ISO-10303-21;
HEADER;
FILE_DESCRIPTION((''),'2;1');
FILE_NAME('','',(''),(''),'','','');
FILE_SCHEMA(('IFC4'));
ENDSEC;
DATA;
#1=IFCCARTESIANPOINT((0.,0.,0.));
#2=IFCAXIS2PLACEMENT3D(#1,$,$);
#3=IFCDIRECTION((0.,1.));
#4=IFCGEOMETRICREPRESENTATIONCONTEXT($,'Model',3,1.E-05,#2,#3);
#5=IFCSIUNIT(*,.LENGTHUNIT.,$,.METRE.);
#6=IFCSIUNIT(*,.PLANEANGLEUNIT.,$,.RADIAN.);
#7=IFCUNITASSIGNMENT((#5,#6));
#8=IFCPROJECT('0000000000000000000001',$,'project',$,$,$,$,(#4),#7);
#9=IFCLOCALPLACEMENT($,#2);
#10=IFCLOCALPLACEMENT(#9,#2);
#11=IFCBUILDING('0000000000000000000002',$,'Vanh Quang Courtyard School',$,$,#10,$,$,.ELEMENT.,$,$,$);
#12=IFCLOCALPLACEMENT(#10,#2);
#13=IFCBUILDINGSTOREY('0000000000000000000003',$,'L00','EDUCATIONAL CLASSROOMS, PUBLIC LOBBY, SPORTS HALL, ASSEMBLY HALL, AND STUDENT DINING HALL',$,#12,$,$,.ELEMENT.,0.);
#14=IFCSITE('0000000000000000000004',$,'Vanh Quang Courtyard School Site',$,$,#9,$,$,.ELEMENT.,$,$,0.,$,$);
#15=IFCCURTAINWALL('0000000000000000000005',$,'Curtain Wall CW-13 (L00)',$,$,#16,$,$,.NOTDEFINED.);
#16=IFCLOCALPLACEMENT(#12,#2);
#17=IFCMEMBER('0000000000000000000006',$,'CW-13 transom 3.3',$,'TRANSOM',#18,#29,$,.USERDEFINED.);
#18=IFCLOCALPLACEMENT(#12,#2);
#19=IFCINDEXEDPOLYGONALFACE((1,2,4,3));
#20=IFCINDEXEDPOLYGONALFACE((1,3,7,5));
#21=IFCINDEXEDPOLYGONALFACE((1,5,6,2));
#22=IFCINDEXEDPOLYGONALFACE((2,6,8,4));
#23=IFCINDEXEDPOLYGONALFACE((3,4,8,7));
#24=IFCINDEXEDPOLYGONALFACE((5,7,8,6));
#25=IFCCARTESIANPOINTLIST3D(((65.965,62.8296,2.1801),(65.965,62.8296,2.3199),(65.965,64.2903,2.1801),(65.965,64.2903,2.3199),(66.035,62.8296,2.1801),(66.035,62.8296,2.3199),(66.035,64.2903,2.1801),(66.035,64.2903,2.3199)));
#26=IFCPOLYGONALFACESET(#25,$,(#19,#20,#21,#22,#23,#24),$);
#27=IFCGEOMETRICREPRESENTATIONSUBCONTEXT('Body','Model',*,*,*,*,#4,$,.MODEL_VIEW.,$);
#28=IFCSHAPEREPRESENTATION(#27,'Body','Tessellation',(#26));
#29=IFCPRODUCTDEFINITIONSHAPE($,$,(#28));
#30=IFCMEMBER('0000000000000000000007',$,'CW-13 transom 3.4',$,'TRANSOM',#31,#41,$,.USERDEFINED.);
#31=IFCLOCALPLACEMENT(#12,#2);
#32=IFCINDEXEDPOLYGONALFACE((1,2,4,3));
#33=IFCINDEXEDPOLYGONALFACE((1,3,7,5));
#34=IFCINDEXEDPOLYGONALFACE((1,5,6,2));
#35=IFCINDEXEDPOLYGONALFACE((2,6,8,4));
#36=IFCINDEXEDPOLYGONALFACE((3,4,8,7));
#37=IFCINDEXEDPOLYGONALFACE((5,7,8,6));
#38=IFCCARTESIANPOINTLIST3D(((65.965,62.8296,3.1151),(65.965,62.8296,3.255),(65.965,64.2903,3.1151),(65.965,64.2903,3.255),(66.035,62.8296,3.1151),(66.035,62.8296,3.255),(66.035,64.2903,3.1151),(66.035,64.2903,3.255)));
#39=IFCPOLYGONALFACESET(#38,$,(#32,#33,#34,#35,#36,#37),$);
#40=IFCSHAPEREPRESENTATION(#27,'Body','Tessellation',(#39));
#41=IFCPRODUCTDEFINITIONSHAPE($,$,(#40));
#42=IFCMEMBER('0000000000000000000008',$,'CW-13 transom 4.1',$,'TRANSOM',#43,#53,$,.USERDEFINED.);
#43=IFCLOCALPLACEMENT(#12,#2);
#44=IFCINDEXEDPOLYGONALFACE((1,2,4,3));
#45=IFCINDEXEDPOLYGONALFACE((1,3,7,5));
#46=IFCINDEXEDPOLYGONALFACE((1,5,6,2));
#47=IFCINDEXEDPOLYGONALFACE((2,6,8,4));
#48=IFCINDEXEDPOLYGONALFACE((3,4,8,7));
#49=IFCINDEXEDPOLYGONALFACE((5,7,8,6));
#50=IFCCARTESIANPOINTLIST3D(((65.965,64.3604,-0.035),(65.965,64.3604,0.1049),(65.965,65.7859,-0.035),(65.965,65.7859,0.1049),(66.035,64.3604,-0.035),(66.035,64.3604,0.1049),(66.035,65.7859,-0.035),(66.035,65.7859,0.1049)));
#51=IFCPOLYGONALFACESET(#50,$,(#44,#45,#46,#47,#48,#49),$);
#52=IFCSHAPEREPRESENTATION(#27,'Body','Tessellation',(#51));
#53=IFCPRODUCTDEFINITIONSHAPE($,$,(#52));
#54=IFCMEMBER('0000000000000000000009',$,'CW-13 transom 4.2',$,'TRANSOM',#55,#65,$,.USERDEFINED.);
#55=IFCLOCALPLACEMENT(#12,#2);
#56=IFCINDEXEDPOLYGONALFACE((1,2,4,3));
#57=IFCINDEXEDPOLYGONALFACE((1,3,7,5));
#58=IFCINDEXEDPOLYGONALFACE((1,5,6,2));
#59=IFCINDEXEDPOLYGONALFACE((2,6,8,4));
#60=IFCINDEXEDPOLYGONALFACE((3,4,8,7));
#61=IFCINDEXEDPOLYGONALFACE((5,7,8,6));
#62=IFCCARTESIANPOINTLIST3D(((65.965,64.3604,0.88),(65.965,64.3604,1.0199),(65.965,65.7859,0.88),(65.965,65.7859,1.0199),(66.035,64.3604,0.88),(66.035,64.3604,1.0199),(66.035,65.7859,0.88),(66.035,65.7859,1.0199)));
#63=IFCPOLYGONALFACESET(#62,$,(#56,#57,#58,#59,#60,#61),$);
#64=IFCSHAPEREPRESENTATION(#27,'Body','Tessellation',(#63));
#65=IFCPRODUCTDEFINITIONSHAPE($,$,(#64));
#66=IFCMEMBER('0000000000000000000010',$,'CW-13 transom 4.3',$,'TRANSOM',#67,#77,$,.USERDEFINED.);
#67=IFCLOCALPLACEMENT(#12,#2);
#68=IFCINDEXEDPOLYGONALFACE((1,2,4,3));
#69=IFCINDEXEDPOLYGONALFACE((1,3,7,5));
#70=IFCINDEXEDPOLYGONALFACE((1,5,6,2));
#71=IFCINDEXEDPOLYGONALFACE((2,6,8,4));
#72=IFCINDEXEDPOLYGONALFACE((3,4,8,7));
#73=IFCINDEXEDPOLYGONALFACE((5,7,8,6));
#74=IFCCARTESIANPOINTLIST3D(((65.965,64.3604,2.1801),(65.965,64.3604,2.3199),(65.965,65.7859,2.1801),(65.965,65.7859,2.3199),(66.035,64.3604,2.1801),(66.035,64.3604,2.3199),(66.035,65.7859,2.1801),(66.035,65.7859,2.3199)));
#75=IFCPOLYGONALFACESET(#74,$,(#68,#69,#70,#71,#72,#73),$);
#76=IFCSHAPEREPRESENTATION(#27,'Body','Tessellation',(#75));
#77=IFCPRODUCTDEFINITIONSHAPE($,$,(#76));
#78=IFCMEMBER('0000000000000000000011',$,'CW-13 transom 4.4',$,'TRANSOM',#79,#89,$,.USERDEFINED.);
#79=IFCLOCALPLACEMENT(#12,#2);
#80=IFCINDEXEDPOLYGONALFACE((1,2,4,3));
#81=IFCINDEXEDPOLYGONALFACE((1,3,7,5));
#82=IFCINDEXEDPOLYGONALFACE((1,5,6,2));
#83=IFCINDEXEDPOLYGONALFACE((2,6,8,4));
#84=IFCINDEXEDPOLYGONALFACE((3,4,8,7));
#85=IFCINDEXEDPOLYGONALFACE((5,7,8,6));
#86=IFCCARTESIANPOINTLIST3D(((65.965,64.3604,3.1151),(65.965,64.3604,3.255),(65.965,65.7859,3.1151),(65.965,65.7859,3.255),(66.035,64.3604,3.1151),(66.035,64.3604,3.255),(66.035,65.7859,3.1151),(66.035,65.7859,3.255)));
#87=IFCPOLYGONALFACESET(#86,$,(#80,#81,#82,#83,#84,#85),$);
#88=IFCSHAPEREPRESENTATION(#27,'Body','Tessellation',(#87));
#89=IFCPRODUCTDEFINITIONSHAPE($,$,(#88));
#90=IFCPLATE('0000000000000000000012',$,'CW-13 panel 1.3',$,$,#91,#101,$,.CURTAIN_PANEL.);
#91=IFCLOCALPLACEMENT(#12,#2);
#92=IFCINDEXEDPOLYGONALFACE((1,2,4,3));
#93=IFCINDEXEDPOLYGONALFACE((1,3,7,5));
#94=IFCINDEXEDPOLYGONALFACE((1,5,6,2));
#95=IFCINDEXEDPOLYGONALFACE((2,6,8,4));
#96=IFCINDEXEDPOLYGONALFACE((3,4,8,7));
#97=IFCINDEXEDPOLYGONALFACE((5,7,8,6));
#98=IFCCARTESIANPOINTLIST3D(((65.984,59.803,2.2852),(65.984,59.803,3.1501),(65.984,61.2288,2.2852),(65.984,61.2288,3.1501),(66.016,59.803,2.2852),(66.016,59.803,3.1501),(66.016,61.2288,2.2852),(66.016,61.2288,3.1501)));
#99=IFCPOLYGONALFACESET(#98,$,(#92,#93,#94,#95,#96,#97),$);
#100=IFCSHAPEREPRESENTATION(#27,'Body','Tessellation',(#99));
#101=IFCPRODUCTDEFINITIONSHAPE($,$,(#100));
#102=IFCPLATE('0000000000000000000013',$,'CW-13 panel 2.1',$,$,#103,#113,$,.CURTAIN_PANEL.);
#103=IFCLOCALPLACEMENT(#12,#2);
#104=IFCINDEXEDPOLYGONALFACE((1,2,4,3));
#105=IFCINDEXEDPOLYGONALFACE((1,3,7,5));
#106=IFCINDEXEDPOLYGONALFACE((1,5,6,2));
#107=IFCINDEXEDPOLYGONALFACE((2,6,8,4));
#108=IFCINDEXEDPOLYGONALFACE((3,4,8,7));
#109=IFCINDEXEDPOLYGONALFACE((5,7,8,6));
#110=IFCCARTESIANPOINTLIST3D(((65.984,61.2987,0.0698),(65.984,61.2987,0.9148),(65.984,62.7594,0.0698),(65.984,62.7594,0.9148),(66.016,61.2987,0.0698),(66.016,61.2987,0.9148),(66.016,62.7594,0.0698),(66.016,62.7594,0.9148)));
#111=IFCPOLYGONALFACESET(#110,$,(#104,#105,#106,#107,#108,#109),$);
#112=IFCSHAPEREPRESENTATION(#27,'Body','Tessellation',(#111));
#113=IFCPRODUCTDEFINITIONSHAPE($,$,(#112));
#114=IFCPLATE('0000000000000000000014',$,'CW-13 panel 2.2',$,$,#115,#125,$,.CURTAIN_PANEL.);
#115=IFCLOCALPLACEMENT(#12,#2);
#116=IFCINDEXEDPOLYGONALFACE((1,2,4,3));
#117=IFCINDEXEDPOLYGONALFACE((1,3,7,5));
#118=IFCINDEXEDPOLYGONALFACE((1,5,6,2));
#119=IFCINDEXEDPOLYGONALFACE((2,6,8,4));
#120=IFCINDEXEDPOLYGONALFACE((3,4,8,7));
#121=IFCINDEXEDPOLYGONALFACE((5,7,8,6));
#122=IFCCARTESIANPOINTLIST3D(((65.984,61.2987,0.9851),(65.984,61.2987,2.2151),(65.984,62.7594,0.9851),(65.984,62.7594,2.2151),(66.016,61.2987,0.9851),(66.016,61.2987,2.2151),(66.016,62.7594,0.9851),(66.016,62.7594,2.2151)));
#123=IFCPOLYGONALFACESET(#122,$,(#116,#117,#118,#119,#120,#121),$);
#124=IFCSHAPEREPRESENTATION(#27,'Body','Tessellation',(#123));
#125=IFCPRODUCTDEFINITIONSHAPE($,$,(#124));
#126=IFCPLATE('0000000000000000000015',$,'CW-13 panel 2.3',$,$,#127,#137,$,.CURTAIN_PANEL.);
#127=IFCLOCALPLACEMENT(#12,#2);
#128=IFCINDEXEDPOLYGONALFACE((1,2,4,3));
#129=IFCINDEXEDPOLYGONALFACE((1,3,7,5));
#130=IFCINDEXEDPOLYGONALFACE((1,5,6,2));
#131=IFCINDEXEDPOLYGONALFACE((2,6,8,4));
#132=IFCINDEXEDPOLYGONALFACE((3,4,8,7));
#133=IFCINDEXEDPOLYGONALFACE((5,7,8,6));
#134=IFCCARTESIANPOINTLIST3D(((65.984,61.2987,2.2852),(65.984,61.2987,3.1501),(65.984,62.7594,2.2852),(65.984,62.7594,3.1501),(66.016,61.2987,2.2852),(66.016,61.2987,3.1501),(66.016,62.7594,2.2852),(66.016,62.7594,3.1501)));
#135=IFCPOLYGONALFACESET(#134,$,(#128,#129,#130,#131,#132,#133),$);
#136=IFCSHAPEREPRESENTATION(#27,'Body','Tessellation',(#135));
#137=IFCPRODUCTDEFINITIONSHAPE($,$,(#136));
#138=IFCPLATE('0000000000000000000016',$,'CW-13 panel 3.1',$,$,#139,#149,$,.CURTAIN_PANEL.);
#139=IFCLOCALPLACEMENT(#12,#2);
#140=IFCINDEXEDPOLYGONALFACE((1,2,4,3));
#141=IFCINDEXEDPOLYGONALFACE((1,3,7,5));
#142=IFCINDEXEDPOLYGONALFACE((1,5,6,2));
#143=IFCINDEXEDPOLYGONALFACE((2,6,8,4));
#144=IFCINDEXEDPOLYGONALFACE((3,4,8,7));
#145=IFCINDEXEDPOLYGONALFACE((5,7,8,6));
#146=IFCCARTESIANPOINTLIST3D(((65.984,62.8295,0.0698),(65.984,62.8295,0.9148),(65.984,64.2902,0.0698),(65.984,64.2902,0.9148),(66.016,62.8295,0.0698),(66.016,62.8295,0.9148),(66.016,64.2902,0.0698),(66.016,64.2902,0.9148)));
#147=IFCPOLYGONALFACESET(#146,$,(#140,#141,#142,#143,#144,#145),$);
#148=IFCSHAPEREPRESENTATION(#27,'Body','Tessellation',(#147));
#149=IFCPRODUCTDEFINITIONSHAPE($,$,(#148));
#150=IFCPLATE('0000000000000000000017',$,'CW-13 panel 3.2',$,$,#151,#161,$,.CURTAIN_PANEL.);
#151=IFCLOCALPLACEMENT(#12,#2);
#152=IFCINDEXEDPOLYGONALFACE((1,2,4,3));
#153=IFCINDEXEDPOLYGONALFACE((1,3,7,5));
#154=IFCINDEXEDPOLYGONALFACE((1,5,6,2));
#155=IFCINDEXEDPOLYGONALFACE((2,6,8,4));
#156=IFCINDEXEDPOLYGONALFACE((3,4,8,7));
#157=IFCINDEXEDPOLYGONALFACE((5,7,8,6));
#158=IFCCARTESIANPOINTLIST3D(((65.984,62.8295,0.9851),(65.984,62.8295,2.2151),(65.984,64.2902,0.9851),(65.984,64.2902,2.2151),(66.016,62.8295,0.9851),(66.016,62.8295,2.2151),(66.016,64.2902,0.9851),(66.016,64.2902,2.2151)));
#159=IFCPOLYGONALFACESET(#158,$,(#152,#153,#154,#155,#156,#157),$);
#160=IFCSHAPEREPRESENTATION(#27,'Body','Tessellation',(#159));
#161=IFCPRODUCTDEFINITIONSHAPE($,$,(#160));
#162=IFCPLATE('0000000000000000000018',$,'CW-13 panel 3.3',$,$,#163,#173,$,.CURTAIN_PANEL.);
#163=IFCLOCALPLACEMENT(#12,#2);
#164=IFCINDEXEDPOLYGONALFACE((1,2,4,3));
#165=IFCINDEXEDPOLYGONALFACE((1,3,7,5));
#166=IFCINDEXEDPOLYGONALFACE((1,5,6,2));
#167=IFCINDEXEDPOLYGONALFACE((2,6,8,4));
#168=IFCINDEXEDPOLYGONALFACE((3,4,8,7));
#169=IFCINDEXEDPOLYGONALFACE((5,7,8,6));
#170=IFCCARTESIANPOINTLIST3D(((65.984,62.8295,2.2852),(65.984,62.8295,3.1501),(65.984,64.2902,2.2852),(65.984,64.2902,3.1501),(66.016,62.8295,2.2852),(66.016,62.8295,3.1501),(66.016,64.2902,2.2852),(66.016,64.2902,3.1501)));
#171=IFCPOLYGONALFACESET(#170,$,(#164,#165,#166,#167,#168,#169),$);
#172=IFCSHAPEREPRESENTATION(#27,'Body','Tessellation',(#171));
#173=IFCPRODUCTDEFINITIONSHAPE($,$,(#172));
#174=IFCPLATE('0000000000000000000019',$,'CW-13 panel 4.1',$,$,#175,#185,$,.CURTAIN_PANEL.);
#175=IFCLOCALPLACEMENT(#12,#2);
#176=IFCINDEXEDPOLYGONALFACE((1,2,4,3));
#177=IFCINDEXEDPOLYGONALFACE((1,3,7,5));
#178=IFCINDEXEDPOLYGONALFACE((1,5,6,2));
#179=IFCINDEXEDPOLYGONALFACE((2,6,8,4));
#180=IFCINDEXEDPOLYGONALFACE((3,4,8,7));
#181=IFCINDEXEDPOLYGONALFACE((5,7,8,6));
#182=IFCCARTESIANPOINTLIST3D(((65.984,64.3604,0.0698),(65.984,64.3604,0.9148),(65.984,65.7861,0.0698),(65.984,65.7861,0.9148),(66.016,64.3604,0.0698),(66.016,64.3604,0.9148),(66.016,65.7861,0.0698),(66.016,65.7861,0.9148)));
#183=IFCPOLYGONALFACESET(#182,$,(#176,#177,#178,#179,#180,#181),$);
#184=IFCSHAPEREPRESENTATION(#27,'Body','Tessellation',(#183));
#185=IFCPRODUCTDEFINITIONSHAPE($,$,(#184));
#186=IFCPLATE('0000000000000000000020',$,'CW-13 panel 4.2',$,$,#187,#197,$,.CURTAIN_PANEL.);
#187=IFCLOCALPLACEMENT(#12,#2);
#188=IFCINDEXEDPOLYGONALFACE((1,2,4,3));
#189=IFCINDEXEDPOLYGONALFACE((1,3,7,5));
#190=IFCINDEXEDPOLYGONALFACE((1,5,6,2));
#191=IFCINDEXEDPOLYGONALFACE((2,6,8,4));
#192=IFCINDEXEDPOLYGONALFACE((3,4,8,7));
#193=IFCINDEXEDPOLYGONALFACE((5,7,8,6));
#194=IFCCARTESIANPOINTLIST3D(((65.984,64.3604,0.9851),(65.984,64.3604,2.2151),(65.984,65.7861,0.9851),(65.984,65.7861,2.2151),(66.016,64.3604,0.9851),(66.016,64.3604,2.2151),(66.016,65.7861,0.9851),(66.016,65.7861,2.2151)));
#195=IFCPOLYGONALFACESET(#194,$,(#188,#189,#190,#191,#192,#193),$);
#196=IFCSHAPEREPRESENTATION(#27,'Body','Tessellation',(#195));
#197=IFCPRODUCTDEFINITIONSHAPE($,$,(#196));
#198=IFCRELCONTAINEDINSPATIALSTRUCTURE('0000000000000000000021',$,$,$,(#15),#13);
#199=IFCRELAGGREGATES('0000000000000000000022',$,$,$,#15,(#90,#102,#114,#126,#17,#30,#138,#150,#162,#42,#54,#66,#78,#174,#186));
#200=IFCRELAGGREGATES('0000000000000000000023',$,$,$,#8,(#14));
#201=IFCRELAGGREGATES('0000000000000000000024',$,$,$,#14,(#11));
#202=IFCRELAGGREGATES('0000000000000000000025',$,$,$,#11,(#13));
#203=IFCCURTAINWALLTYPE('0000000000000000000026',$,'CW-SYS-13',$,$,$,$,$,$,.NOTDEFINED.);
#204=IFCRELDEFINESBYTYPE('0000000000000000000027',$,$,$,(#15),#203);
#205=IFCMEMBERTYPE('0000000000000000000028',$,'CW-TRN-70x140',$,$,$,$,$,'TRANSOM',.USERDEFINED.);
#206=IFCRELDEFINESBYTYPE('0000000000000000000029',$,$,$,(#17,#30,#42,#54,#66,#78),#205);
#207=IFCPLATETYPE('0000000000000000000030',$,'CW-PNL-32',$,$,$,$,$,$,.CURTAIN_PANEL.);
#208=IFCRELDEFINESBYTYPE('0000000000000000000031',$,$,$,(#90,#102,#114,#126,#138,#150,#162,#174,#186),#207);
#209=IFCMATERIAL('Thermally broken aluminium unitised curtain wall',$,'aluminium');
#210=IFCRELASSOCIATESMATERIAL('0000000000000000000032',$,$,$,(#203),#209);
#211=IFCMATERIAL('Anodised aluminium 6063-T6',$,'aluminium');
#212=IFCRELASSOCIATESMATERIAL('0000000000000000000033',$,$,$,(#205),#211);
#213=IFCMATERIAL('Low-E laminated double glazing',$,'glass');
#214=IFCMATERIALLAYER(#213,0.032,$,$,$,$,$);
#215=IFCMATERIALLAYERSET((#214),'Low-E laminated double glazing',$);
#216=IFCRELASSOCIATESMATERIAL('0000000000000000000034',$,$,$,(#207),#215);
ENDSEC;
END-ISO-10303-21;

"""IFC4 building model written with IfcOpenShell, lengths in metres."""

from ifc_helpers import new_model, si_unit, direction, frame, origin, origin_2d, place, context, subcontext, project, spatial, rectangle, extrude, material, layer, layer_set, material_profile, profile_set, type_object, element, aggregate, save


model = new_model("IFC4")

# Units and contexts
model_context = context("Model", 3, precision=1e-05, world=origin(), true_north=direction((0.0, 1.0)))
body_context = subcontext(model_context, "Body", "Model", "MODEL_VIEW")
ifc_project = project(units=[si_unit("LENGTHUNIT", "METRE"), si_unit("PLANEANGLEUNIT", "RADIAN")], contexts=[model_context])

# Site, building, storey
site_placement = place(None, origin())
site = spatial("IfcSite", under=ifc_project, at=site_placement, Name="Vanh Quang Courtyard School Site", CompositionType="ELEMENT", RefElevation=0.0)
building_placement = place(site_placement, origin())
building = spatial("IfcBuilding", under=site, at=building_placement, Name="Vanh Quang Courtyard School", CompositionType="ELEMENT")
storey_placement = place(building_placement, origin())
storey = spatial("IfcBuildingStorey", under=building, at=storey_placement, Name="L00", Description="EDUCATIONAL CLASSROOMS, PUBLIC LOBBY, SPORTS HALL, ASSEMBLY HALL, AND STUDENT DINING HALL", CompositionType="ELEMENT", Elevation=0.0)

# Curtain wall, members, plates
ifc_material_1 = material(Name="Thermally broken aluminium unitised curtain wall", Category="aluminium")
curtain_wall_type = type_object("IfcCurtainWallType", Name="CW-SYS-13", PredefinedType="NOTDEFINED", material=ifc_material_1)
curtain_wall_placement = place(storey_placement, origin())
curtain_wall = element("IfcCurtainWall", 1, at=curtain_wall_placement, inside=storey, type_object=curtain_wall_type, Name="Curtain Wall CW-13 (L00)", PredefinedType="NOTDEFINED")
ifc_material_2 = material(Name="Anodised aluminium 6063-T6", Category="aluminium")
ifc_material_profile_1 = material_profile(ifc_material_2, rectangle(XDim=0.0701, YDim=0.1399, at=origin_2d()), Name="ALU-TRN 70x140")
ifc_profile_set_1 = profile_set([ifc_material_profile_1], Name="Anodised aluminium 6063-T6")
member_type_1 = type_object("IfcMemberType", Name="CW-TRN-70x140", ElementType="TRANSOM", PredefinedType="USERDEFINED", material=ifc_profile_set_1)
member_1_placement = place(storey_placement, frame((66.0, 62.8296, 2.25), z_axis=(0.0, 1.0, 0.0), x_axis=(-1.0, 0.0, 0.0)))
member_1 = element("IfcMember", 2, at=member_1_placement, type_object=member_type_1, Name="CW-13 transom 3.3", ObjectType="TRANSOM", PredefinedType="USERDEFINED", context=body_context, shape_type="SweptSolid", body=[
    extrude(rectangle(XDim=0.0701, YDim=0.1399, at=origin_2d()), origin(), (0.0, 0.0, 1.0), 1.4607),
])
member_2_placement = place(storey_placement, frame((66.0, 62.8296, 3.1851), z_axis=(0.0, 1.0, 0.0), x_axis=(-1.0, 0.0, 0.0)))
member_2 = element("IfcMember", 3, at=member_2_placement, type_object=member_type_1, Name="CW-13 transom 3.4", ObjectType="TRANSOM", PredefinedType="USERDEFINED", context=body_context, shape_type="SweptSolid", body=[
    extrude(rectangle(XDim=0.0701, YDim=0.1399, at=origin_2d()), origin(), (0.0, 0.0, 1.0), 1.4607),
])
member_3_placement = place(storey_placement, frame((66.0, 64.3604, 0.0349), z_axis=(0.0, 1.0, 0.0), x_axis=(-1.0, 0.0, 0.0)))
member_3 = element("IfcMember", 4, at=member_3_placement, type_object=member_type_1, Name="CW-13 transom 4.1", ObjectType="TRANSOM", PredefinedType="USERDEFINED", context=body_context, shape_type="SweptSolid", body=[
    extrude(rectangle(XDim=0.0701, YDim=0.1399, at=origin_2d()), origin(), (0.0, 0.0, 1.0), 1.4255),
])
member_4_placement = place(storey_placement, frame((66.0, 64.3604, 0.95), z_axis=(0.0, 1.0, 0.0), x_axis=(-1.0, 0.0, 0.0)))
member_4 = element("IfcMember", 5, at=member_4_placement, type_object=member_type_1, Name="CW-13 transom 4.2", ObjectType="TRANSOM", PredefinedType="USERDEFINED", context=body_context, shape_type="SweptSolid", body=[
    extrude(rectangle(XDim=0.0701, YDim=0.1399, at=origin_2d()), origin(), (0.0, 0.0, 1.0), 1.4255),
])
member_5_placement = place(storey_placement, frame((66.0, 64.3604, 2.25), z_axis=(0.0, 1.0, 0.0), x_axis=(-1.0, 0.0, 0.0)))
member_5 = element("IfcMember", 6, at=member_5_placement, type_object=member_type_1, Name="CW-13 transom 4.3", ObjectType="TRANSOM", PredefinedType="USERDEFINED", context=body_context, shape_type="SweptSolid", body=[
    extrude(rectangle(XDim=0.0701, YDim=0.1399, at=origin_2d()), origin(), (0.0, 0.0, 1.0), 1.4255),
])
member_6_placement = place(storey_placement, frame((66.0, 64.3604, 3.1851), z_axis=(0.0, 1.0, 0.0), x_axis=(-1.0, 0.0, 0.0)))
member_6 = element("IfcMember", 7, at=member_6_placement, type_object=member_type_1, Name="CW-13 transom 4.4", ObjectType="TRANSOM", PredefinedType="USERDEFINED", context=body_context, shape_type="SweptSolid", body=[
    extrude(rectangle(XDim=0.0701, YDim=0.1399, at=origin_2d()), origin(), (0.0, 0.0, 1.0), 1.4255),
])
ifc_material_3 = material(Name="Low-E laminated double glazing", Category="glass")
ifc_layer_1 = layer(ifc_material_3, 0.032)
ifc_layer_set_1 = layer_set([ifc_layer_1], Name="Low-E laminated double glazing")
plate_type = type_object("IfcPlateType", Name="CW-PNL-32", PredefinedType="CURTAIN_PANEL", material=ifc_layer_set_1)
plate_1_placement = place(storey_placement, frame((66.0, 60.5159, 2.2852), z_axis=(0.0, 0.0, 1.0), x_axis=(0.0, 1.0, 0.0)))
plate_1 = element("IfcPlate", 8, at=plate_1_placement, type_object=plate_type, Name="CW-13 panel 1.3", PredefinedType="CURTAIN_PANEL", context=body_context, shape_type="SweptSolid", body=[
    extrude(rectangle(XDim=1.4258, YDim=0.032, at=origin_2d()), origin(), (0.0, 0.0, 1.0), 0.865),
])
plate_2_placement = place(storey_placement, frame((66.0, 62.0291, 0.0698), z_axis=(0.0, 0.0, 1.0), x_axis=(0.0, 1.0, 0.0)))
plate_2 = element("IfcPlate", 9, at=plate_2_placement, type_object=plate_type, Name="CW-13 panel 2.1", PredefinedType="CURTAIN_PANEL", context=body_context, shape_type="SweptSolid", body=[
    extrude(rectangle(XDim=1.4607, YDim=0.032, at=origin_2d()), origin(), (0.0, 0.0, 1.0), 0.845),
])
plate_3_placement = place(storey_placement, frame((66.0, 62.0291, 0.9851), z_axis=(0.0, 0.0, 1.0), x_axis=(0.0, 1.0, 0.0)))
plate_3 = element("IfcPlate", 10, at=plate_3_placement, type_object=plate_type, Name="CW-13 panel 2.2", PredefinedType="CURTAIN_PANEL", context=body_context, shape_type="SweptSolid", body=[
    extrude(rectangle(XDim=1.4607, YDim=0.032, at=origin_2d()), origin(), (0.0, 0.0, 1.0), 1.23),
])
plate_4_placement = place(storey_placement, frame((66.0, 62.0291, 2.2852), z_axis=(0.0, 0.0, 1.0), x_axis=(0.0, 1.0, 0.0)))
plate_4 = element("IfcPlate", 11, at=plate_4_placement, type_object=plate_type, Name="CW-13 panel 2.3", PredefinedType="CURTAIN_PANEL", context=body_context, shape_type="SweptSolid", body=[
    extrude(rectangle(XDim=1.4607, YDim=0.032, at=origin_2d()), origin(), (0.0, 0.0, 1.0), 0.865),
])
plate_5_placement = place(storey_placement, frame((66.0, 63.5598, 0.0698), z_axis=(0.0, 0.0, 1.0), x_axis=(0.0, 1.0, 0.0)))
plate_5 = element("IfcPlate", 12, at=plate_5_placement, type_object=plate_type, Name="CW-13 panel 3.1", PredefinedType="CURTAIN_PANEL", context=body_context, shape_type="SweptSolid", body=[
    extrude(rectangle(XDim=1.4607, YDim=0.032, at=origin_2d()), origin(), (0.0, 0.0, 1.0), 0.845),
])
plate_6_placement = place(storey_placement, frame((66.0, 63.5598, 0.9851), z_axis=(0.0, 0.0, 1.0), x_axis=(0.0, 1.0, 0.0)))
plate_6 = element("IfcPlate", 13, at=plate_6_placement, type_object=plate_type, Name="CW-13 panel 3.2", PredefinedType="CURTAIN_PANEL", context=body_context, shape_type="SweptSolid", body=[
    extrude(rectangle(XDim=1.4607, YDim=0.032, at=origin_2d()), origin(), (0.0, 0.0, 1.0), 1.23),
])
plate_7_placement = place(storey_placement, frame((66.0, 63.5598, 2.2852), z_axis=(0.0, 0.0, 1.0), x_axis=(0.0, 1.0, 0.0)))
plate_7 = element("IfcPlate", 14, at=plate_7_placement, type_object=plate_type, Name="CW-13 panel 3.3", PredefinedType="CURTAIN_PANEL", context=body_context, shape_type="SweptSolid", body=[
    extrude(rectangle(XDim=1.4607, YDim=0.032, at=origin_2d()), origin(), (0.0, 0.0, 1.0), 0.865),
])
plate_8_placement = place(storey_placement, frame((66.0, 65.0732, 0.0698), z_axis=(0.0, 0.0, 1.0), x_axis=(0.0, 1.0, 0.0)))
plate_8 = element("IfcPlate", 15, at=plate_8_placement, type_object=plate_type, Name="CW-13 panel 4.1", PredefinedType="CURTAIN_PANEL", context=body_context, shape_type="SweptSolid", body=[
    extrude(rectangle(XDim=1.4258, YDim=0.032, at=origin_2d()), origin(), (0.0, 0.0, 1.0), 0.845),
])
plate_9_placement = place(storey_placement, frame((66.0, 65.0732, 0.9851), z_axis=(0.0, 0.0, 1.0), x_axis=(0.0, 1.0, 0.0)))
plate_9 = element("IfcPlate", 16, at=plate_9_placement, type_object=plate_type, Name="CW-13 panel 4.2", PredefinedType="CURTAIN_PANEL", context=body_context, shape_type="SweptSolid", body=[
    extrude(rectangle(XDim=1.4258, YDim=0.032, at=origin_2d()), origin(), (0.0, 0.0, 1.0), 1.23),
])
aggregate(curtain_wall, [plate_1, plate_2, plate_3, plate_4, member_1, member_2, plate_5, plate_6, plate_7, member_3, member_4, member_5, member_6, plate_8, plate_9])

save(model, "model.ifc")
